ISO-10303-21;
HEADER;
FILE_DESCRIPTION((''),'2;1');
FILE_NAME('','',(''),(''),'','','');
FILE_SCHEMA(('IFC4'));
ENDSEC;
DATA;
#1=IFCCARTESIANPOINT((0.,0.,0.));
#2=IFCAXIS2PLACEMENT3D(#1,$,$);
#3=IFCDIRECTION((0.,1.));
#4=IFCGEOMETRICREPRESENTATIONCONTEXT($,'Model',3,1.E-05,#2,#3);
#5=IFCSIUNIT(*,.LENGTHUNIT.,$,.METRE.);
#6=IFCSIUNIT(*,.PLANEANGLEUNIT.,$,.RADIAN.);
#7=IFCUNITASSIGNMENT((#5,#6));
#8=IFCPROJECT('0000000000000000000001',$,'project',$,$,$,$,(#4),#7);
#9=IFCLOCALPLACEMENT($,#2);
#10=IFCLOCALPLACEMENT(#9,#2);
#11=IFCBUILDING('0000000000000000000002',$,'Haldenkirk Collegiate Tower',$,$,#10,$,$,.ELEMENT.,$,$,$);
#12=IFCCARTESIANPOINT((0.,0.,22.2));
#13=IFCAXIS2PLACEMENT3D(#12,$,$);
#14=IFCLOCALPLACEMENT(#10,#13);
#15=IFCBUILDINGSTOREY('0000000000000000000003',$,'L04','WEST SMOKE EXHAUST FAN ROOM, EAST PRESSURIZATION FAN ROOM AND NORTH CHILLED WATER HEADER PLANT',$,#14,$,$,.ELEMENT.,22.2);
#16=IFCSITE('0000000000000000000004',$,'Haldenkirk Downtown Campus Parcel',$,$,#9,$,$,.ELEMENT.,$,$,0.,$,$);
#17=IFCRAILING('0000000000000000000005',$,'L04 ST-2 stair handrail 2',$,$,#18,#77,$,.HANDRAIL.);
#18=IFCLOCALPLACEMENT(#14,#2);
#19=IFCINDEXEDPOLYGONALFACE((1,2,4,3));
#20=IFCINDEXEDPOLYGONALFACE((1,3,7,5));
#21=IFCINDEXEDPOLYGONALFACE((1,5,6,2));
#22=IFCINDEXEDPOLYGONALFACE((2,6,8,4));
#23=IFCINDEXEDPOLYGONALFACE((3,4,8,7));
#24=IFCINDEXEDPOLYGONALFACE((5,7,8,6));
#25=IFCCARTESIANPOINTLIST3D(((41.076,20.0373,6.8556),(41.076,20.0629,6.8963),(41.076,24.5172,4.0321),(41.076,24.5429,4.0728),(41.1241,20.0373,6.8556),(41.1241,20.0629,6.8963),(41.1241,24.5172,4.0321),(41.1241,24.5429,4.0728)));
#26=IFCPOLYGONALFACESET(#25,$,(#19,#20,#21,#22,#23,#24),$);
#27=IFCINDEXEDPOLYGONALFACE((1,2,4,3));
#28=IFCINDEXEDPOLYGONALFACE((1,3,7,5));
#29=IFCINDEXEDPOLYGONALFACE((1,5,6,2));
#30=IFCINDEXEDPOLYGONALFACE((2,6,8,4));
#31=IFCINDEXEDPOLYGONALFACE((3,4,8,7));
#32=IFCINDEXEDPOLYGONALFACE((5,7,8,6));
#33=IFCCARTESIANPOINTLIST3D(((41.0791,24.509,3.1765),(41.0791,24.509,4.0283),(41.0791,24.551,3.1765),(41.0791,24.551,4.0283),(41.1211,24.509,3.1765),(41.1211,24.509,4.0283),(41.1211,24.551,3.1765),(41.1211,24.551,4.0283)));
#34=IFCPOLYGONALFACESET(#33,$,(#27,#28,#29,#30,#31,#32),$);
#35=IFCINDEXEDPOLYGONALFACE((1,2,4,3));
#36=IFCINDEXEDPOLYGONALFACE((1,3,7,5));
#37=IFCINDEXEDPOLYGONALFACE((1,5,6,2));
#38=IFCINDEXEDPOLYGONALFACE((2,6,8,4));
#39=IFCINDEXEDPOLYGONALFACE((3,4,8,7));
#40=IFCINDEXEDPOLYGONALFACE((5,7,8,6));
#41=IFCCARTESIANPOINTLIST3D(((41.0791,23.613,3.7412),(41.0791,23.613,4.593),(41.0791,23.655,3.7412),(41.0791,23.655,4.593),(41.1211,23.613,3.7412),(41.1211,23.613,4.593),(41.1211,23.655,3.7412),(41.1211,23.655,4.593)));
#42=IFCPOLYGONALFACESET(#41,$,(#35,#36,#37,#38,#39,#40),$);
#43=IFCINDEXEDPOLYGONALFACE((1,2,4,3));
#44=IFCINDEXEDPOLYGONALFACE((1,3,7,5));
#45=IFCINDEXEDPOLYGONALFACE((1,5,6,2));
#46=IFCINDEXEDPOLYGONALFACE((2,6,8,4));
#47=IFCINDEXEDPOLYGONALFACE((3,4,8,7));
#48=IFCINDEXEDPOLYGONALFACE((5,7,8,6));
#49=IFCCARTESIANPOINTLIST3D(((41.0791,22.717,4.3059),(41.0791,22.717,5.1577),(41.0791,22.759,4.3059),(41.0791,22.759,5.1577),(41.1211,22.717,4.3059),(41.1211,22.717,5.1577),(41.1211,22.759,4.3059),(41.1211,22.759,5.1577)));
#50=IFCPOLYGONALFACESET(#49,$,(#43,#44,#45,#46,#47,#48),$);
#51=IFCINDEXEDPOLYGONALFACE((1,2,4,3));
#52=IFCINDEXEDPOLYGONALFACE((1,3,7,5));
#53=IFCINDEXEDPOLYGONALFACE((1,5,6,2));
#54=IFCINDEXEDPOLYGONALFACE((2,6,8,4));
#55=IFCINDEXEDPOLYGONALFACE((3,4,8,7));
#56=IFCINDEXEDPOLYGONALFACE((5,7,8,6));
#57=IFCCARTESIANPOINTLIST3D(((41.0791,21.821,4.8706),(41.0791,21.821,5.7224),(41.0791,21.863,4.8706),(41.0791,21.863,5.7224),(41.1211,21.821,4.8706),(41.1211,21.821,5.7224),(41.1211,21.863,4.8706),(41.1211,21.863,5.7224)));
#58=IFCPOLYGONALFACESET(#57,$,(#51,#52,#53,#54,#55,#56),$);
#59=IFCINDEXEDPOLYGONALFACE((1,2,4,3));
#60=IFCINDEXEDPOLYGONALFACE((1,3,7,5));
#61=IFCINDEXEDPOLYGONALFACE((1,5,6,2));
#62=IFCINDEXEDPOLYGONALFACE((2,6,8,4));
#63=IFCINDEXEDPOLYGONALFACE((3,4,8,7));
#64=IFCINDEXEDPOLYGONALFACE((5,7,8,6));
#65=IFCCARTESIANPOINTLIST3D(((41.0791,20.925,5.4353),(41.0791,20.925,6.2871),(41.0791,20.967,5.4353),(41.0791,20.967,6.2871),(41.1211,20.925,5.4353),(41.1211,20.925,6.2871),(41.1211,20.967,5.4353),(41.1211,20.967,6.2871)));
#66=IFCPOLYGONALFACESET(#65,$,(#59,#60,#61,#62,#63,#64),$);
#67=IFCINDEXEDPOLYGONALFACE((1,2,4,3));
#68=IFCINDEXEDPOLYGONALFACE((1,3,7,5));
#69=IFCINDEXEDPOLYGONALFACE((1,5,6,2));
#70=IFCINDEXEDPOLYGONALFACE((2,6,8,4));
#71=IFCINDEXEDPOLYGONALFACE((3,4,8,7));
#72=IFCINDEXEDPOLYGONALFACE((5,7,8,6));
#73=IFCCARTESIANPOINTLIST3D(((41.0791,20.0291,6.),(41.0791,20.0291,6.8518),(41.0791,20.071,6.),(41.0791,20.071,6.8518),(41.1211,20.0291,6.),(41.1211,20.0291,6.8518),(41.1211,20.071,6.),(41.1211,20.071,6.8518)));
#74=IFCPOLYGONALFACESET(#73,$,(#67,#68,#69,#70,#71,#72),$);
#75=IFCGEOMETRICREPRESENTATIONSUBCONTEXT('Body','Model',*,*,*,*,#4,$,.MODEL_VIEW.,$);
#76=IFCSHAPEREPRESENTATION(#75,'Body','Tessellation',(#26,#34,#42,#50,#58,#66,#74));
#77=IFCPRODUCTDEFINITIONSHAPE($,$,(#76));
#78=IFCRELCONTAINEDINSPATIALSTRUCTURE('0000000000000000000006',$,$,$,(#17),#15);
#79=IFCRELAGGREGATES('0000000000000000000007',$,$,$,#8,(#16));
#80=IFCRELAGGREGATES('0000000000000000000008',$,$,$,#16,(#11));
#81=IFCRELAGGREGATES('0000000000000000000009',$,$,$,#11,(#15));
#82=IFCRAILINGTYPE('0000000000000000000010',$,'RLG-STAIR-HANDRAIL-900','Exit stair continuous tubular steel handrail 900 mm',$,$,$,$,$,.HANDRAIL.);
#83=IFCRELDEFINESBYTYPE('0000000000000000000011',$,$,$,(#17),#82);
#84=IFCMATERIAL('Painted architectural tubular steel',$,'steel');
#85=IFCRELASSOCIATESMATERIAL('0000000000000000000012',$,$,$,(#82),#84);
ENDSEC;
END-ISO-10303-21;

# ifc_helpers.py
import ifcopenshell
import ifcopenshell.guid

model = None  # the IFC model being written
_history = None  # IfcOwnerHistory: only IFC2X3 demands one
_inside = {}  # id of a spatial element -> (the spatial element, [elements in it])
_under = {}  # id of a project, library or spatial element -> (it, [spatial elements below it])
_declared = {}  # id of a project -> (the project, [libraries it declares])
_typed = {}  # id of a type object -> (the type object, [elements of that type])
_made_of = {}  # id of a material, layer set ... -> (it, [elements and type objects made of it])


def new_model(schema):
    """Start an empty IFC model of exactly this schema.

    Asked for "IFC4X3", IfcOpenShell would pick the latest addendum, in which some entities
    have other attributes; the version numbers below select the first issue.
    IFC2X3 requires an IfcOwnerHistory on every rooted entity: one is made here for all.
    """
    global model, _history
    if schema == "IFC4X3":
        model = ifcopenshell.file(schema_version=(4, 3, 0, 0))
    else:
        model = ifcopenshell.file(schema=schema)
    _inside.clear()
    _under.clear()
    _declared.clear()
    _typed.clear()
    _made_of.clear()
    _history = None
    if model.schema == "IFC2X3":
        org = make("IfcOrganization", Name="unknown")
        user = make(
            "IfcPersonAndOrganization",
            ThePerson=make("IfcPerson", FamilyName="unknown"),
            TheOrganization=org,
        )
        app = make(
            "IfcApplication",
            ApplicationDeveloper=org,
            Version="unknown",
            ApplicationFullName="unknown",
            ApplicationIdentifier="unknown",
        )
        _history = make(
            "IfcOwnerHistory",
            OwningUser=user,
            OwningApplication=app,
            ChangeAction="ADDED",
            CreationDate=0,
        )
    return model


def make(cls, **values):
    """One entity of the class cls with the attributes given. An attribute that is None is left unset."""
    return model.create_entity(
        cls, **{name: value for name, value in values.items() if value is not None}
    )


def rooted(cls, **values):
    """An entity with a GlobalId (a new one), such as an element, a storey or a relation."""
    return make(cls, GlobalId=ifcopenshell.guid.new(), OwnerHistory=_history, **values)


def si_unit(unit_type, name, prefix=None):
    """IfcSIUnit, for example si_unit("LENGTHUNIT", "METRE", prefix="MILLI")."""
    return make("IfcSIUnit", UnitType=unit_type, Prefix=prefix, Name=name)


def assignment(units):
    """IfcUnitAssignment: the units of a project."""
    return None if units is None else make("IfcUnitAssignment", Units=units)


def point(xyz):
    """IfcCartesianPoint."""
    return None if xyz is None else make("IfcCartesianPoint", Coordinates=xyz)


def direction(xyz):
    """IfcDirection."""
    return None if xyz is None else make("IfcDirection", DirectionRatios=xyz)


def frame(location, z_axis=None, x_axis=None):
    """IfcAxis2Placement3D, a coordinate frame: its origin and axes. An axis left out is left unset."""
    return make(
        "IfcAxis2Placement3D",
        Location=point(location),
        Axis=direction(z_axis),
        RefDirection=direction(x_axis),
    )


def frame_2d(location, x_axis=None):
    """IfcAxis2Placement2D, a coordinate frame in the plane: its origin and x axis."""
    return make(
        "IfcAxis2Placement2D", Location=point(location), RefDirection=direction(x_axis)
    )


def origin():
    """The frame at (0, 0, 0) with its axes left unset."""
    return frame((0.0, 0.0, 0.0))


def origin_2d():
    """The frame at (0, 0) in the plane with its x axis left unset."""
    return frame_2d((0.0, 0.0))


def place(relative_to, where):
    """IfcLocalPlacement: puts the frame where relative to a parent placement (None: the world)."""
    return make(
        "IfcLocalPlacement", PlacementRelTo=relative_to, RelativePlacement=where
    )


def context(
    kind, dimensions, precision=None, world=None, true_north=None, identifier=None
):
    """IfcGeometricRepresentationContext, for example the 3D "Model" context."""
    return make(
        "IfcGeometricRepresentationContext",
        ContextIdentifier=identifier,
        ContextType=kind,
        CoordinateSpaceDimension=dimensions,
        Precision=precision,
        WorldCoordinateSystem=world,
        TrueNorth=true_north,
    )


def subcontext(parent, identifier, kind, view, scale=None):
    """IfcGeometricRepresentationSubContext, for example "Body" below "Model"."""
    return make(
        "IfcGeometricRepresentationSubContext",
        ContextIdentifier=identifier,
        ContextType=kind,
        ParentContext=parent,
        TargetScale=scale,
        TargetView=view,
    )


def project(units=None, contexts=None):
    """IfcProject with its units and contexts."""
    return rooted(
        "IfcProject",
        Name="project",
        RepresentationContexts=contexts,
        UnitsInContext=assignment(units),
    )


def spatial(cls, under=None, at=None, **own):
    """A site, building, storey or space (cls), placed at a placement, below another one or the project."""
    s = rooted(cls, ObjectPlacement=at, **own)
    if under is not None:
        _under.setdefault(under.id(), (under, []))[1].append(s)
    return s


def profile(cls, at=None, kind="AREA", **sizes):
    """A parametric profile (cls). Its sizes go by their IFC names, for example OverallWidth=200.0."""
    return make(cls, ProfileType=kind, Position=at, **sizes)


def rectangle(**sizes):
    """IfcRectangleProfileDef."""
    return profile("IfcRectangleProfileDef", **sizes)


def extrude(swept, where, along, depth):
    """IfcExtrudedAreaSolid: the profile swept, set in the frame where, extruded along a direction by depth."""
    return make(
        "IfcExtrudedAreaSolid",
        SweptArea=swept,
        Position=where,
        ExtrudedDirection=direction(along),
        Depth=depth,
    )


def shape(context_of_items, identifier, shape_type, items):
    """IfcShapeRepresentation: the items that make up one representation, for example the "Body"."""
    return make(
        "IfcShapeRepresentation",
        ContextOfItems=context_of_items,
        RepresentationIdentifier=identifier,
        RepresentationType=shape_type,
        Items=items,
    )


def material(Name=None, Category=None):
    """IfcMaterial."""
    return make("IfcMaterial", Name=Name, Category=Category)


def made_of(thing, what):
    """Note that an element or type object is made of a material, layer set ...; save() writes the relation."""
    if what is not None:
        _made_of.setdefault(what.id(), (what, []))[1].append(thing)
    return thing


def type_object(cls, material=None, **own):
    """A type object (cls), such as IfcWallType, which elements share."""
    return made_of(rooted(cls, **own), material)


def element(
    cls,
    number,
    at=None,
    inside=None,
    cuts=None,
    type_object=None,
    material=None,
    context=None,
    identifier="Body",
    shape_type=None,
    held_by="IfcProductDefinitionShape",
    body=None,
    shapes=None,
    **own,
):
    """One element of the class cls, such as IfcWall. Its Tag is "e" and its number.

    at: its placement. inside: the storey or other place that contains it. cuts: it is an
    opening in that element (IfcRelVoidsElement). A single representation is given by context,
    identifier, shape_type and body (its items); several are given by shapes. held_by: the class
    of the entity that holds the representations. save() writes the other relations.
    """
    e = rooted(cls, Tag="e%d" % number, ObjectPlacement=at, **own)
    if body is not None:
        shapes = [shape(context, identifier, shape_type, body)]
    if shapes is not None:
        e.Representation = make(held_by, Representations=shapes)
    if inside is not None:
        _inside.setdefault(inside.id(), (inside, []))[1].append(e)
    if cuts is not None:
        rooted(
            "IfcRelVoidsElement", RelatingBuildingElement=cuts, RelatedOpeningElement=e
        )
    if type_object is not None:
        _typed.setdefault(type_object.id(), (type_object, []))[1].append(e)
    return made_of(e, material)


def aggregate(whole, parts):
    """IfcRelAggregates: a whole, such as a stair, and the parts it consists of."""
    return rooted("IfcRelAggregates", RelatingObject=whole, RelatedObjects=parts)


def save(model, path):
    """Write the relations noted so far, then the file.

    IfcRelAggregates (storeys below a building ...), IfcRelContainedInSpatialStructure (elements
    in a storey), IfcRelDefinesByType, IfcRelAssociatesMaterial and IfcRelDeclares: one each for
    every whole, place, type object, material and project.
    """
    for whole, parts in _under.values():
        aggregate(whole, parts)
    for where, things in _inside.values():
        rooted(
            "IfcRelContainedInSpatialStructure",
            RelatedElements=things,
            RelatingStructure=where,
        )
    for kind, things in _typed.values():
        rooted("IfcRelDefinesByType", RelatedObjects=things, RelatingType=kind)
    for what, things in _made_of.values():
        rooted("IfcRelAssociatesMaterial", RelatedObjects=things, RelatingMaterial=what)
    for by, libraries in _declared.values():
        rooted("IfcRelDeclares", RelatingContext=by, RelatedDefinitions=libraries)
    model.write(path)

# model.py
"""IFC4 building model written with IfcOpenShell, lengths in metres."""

from ifc_helpers import new_model, si_unit, direction, frame, origin, origin_2d, place, context, subcontext, project, spatial, rectangle, extrude, material, type_object, element, save


model = new_model("IFC4")

# Units and contexts
model_context = context("Model", 3, precision=1e-05, world=origin(), true_north=direction((0.0, 1.0)))
body_context = subcontext(model_context, "Body", "Model", "MODEL_VIEW")
ifc_project = project(units=[si_unit("LENGTHUNIT", "METRE"), si_unit("PLANEANGLEUNIT", "RADIAN")], contexts=[model_context])

# Site, building, storey
site_placement = place(None, origin())
site = spatial("IfcSite", under=ifc_project, at=site_placement, Name="Haldenkirk Downtown Campus Parcel", CompositionType="ELEMENT", RefElevation=0.0)
building_placement = place(site_placement, origin())
building = spatial("IfcBuilding", under=site, at=building_placement, Name="Haldenkirk Collegiate Tower", CompositionType="ELEMENT")
storey_placement = place(building_placement, frame((0.0, 0.0, 22.2)))
storey = spatial("IfcBuildingStorey", under=building, at=storey_placement, Name="L04", Description="WEST SMOKE EXHAUST FAN ROOM, EAST PRESSURIZATION FAN ROOM AND NORTH CHILLED WATER HEADER PLANT", CompositionType="ELEMENT", Elevation=22.2)

# Railing
ifc_material_1 = material(Name="Painted architectural tubular steel", Category="steel")
railing_type_1 = type_object("IfcRailingType", Name="RLG-STAIR-HANDRAIL-900", Description="Exit stair continuous tubular steel handrail 900 mm", PredefinedType="HANDRAIL", material=ifc_material_1)
railing_1_placement = place(storey_placement, frame((41.1001, 24.53, 3.1765)))
element("IfcRailing", 1, at=railing_1_placement, inside=storey, type_object=railing_type_1, Name="L04 ST-2 stair handrail 2", PredefinedType="HANDRAIL", context=body_context, shape_type="SweptSolid", body=[
    extrude(rectangle(XDim=0.0481, YDim=0.0481, at=origin_2d()), frame((0.0, 0.0, 0.876), z_axis=(0.0, -0.845998, 0.533186), x_axis=(1.0, 0.0, 0.0)), (0.0, 0.0, 1.0), 5.2954),
    extrude(rectangle(XDim=0.042, YDim=0.042, at=origin_2d()), origin(), (0.0, 0.0, 1.0), 0.8518),
    extrude(rectangle(XDim=0.042, YDim=0.042, at=origin_2d()), frame((0.0, -0.896, 0.5647)), (0.0, 0.0, 1.0), 0.8518),
    extrude(rectangle(XDim=0.042, YDim=0.042, at=origin_2d()), frame((0.0, -1.792, 1.1294)), (0.0, 0.0, 1.0), 0.8518),
    extrude(rectangle(XDim=0.042, YDim=0.042, at=origin_2d()), frame((0.0, -2.688, 1.6941)), (0.0, 0.0, 1.0), 0.8518),
    extrude(rectangle(XDim=0.042, YDim=0.042, at=origin_2d()), frame((0.0, -3.584, 2.2588)), (0.0, 0.0, 1.0), 0.8518),
    extrude(rectangle(XDim=0.042, YDim=0.042, at=origin_2d()), frame((0.0, -4.48, 2.8235)), (0.0, 0.0, 1.0), 0.8518),
])

save(model, "model.ifc")
